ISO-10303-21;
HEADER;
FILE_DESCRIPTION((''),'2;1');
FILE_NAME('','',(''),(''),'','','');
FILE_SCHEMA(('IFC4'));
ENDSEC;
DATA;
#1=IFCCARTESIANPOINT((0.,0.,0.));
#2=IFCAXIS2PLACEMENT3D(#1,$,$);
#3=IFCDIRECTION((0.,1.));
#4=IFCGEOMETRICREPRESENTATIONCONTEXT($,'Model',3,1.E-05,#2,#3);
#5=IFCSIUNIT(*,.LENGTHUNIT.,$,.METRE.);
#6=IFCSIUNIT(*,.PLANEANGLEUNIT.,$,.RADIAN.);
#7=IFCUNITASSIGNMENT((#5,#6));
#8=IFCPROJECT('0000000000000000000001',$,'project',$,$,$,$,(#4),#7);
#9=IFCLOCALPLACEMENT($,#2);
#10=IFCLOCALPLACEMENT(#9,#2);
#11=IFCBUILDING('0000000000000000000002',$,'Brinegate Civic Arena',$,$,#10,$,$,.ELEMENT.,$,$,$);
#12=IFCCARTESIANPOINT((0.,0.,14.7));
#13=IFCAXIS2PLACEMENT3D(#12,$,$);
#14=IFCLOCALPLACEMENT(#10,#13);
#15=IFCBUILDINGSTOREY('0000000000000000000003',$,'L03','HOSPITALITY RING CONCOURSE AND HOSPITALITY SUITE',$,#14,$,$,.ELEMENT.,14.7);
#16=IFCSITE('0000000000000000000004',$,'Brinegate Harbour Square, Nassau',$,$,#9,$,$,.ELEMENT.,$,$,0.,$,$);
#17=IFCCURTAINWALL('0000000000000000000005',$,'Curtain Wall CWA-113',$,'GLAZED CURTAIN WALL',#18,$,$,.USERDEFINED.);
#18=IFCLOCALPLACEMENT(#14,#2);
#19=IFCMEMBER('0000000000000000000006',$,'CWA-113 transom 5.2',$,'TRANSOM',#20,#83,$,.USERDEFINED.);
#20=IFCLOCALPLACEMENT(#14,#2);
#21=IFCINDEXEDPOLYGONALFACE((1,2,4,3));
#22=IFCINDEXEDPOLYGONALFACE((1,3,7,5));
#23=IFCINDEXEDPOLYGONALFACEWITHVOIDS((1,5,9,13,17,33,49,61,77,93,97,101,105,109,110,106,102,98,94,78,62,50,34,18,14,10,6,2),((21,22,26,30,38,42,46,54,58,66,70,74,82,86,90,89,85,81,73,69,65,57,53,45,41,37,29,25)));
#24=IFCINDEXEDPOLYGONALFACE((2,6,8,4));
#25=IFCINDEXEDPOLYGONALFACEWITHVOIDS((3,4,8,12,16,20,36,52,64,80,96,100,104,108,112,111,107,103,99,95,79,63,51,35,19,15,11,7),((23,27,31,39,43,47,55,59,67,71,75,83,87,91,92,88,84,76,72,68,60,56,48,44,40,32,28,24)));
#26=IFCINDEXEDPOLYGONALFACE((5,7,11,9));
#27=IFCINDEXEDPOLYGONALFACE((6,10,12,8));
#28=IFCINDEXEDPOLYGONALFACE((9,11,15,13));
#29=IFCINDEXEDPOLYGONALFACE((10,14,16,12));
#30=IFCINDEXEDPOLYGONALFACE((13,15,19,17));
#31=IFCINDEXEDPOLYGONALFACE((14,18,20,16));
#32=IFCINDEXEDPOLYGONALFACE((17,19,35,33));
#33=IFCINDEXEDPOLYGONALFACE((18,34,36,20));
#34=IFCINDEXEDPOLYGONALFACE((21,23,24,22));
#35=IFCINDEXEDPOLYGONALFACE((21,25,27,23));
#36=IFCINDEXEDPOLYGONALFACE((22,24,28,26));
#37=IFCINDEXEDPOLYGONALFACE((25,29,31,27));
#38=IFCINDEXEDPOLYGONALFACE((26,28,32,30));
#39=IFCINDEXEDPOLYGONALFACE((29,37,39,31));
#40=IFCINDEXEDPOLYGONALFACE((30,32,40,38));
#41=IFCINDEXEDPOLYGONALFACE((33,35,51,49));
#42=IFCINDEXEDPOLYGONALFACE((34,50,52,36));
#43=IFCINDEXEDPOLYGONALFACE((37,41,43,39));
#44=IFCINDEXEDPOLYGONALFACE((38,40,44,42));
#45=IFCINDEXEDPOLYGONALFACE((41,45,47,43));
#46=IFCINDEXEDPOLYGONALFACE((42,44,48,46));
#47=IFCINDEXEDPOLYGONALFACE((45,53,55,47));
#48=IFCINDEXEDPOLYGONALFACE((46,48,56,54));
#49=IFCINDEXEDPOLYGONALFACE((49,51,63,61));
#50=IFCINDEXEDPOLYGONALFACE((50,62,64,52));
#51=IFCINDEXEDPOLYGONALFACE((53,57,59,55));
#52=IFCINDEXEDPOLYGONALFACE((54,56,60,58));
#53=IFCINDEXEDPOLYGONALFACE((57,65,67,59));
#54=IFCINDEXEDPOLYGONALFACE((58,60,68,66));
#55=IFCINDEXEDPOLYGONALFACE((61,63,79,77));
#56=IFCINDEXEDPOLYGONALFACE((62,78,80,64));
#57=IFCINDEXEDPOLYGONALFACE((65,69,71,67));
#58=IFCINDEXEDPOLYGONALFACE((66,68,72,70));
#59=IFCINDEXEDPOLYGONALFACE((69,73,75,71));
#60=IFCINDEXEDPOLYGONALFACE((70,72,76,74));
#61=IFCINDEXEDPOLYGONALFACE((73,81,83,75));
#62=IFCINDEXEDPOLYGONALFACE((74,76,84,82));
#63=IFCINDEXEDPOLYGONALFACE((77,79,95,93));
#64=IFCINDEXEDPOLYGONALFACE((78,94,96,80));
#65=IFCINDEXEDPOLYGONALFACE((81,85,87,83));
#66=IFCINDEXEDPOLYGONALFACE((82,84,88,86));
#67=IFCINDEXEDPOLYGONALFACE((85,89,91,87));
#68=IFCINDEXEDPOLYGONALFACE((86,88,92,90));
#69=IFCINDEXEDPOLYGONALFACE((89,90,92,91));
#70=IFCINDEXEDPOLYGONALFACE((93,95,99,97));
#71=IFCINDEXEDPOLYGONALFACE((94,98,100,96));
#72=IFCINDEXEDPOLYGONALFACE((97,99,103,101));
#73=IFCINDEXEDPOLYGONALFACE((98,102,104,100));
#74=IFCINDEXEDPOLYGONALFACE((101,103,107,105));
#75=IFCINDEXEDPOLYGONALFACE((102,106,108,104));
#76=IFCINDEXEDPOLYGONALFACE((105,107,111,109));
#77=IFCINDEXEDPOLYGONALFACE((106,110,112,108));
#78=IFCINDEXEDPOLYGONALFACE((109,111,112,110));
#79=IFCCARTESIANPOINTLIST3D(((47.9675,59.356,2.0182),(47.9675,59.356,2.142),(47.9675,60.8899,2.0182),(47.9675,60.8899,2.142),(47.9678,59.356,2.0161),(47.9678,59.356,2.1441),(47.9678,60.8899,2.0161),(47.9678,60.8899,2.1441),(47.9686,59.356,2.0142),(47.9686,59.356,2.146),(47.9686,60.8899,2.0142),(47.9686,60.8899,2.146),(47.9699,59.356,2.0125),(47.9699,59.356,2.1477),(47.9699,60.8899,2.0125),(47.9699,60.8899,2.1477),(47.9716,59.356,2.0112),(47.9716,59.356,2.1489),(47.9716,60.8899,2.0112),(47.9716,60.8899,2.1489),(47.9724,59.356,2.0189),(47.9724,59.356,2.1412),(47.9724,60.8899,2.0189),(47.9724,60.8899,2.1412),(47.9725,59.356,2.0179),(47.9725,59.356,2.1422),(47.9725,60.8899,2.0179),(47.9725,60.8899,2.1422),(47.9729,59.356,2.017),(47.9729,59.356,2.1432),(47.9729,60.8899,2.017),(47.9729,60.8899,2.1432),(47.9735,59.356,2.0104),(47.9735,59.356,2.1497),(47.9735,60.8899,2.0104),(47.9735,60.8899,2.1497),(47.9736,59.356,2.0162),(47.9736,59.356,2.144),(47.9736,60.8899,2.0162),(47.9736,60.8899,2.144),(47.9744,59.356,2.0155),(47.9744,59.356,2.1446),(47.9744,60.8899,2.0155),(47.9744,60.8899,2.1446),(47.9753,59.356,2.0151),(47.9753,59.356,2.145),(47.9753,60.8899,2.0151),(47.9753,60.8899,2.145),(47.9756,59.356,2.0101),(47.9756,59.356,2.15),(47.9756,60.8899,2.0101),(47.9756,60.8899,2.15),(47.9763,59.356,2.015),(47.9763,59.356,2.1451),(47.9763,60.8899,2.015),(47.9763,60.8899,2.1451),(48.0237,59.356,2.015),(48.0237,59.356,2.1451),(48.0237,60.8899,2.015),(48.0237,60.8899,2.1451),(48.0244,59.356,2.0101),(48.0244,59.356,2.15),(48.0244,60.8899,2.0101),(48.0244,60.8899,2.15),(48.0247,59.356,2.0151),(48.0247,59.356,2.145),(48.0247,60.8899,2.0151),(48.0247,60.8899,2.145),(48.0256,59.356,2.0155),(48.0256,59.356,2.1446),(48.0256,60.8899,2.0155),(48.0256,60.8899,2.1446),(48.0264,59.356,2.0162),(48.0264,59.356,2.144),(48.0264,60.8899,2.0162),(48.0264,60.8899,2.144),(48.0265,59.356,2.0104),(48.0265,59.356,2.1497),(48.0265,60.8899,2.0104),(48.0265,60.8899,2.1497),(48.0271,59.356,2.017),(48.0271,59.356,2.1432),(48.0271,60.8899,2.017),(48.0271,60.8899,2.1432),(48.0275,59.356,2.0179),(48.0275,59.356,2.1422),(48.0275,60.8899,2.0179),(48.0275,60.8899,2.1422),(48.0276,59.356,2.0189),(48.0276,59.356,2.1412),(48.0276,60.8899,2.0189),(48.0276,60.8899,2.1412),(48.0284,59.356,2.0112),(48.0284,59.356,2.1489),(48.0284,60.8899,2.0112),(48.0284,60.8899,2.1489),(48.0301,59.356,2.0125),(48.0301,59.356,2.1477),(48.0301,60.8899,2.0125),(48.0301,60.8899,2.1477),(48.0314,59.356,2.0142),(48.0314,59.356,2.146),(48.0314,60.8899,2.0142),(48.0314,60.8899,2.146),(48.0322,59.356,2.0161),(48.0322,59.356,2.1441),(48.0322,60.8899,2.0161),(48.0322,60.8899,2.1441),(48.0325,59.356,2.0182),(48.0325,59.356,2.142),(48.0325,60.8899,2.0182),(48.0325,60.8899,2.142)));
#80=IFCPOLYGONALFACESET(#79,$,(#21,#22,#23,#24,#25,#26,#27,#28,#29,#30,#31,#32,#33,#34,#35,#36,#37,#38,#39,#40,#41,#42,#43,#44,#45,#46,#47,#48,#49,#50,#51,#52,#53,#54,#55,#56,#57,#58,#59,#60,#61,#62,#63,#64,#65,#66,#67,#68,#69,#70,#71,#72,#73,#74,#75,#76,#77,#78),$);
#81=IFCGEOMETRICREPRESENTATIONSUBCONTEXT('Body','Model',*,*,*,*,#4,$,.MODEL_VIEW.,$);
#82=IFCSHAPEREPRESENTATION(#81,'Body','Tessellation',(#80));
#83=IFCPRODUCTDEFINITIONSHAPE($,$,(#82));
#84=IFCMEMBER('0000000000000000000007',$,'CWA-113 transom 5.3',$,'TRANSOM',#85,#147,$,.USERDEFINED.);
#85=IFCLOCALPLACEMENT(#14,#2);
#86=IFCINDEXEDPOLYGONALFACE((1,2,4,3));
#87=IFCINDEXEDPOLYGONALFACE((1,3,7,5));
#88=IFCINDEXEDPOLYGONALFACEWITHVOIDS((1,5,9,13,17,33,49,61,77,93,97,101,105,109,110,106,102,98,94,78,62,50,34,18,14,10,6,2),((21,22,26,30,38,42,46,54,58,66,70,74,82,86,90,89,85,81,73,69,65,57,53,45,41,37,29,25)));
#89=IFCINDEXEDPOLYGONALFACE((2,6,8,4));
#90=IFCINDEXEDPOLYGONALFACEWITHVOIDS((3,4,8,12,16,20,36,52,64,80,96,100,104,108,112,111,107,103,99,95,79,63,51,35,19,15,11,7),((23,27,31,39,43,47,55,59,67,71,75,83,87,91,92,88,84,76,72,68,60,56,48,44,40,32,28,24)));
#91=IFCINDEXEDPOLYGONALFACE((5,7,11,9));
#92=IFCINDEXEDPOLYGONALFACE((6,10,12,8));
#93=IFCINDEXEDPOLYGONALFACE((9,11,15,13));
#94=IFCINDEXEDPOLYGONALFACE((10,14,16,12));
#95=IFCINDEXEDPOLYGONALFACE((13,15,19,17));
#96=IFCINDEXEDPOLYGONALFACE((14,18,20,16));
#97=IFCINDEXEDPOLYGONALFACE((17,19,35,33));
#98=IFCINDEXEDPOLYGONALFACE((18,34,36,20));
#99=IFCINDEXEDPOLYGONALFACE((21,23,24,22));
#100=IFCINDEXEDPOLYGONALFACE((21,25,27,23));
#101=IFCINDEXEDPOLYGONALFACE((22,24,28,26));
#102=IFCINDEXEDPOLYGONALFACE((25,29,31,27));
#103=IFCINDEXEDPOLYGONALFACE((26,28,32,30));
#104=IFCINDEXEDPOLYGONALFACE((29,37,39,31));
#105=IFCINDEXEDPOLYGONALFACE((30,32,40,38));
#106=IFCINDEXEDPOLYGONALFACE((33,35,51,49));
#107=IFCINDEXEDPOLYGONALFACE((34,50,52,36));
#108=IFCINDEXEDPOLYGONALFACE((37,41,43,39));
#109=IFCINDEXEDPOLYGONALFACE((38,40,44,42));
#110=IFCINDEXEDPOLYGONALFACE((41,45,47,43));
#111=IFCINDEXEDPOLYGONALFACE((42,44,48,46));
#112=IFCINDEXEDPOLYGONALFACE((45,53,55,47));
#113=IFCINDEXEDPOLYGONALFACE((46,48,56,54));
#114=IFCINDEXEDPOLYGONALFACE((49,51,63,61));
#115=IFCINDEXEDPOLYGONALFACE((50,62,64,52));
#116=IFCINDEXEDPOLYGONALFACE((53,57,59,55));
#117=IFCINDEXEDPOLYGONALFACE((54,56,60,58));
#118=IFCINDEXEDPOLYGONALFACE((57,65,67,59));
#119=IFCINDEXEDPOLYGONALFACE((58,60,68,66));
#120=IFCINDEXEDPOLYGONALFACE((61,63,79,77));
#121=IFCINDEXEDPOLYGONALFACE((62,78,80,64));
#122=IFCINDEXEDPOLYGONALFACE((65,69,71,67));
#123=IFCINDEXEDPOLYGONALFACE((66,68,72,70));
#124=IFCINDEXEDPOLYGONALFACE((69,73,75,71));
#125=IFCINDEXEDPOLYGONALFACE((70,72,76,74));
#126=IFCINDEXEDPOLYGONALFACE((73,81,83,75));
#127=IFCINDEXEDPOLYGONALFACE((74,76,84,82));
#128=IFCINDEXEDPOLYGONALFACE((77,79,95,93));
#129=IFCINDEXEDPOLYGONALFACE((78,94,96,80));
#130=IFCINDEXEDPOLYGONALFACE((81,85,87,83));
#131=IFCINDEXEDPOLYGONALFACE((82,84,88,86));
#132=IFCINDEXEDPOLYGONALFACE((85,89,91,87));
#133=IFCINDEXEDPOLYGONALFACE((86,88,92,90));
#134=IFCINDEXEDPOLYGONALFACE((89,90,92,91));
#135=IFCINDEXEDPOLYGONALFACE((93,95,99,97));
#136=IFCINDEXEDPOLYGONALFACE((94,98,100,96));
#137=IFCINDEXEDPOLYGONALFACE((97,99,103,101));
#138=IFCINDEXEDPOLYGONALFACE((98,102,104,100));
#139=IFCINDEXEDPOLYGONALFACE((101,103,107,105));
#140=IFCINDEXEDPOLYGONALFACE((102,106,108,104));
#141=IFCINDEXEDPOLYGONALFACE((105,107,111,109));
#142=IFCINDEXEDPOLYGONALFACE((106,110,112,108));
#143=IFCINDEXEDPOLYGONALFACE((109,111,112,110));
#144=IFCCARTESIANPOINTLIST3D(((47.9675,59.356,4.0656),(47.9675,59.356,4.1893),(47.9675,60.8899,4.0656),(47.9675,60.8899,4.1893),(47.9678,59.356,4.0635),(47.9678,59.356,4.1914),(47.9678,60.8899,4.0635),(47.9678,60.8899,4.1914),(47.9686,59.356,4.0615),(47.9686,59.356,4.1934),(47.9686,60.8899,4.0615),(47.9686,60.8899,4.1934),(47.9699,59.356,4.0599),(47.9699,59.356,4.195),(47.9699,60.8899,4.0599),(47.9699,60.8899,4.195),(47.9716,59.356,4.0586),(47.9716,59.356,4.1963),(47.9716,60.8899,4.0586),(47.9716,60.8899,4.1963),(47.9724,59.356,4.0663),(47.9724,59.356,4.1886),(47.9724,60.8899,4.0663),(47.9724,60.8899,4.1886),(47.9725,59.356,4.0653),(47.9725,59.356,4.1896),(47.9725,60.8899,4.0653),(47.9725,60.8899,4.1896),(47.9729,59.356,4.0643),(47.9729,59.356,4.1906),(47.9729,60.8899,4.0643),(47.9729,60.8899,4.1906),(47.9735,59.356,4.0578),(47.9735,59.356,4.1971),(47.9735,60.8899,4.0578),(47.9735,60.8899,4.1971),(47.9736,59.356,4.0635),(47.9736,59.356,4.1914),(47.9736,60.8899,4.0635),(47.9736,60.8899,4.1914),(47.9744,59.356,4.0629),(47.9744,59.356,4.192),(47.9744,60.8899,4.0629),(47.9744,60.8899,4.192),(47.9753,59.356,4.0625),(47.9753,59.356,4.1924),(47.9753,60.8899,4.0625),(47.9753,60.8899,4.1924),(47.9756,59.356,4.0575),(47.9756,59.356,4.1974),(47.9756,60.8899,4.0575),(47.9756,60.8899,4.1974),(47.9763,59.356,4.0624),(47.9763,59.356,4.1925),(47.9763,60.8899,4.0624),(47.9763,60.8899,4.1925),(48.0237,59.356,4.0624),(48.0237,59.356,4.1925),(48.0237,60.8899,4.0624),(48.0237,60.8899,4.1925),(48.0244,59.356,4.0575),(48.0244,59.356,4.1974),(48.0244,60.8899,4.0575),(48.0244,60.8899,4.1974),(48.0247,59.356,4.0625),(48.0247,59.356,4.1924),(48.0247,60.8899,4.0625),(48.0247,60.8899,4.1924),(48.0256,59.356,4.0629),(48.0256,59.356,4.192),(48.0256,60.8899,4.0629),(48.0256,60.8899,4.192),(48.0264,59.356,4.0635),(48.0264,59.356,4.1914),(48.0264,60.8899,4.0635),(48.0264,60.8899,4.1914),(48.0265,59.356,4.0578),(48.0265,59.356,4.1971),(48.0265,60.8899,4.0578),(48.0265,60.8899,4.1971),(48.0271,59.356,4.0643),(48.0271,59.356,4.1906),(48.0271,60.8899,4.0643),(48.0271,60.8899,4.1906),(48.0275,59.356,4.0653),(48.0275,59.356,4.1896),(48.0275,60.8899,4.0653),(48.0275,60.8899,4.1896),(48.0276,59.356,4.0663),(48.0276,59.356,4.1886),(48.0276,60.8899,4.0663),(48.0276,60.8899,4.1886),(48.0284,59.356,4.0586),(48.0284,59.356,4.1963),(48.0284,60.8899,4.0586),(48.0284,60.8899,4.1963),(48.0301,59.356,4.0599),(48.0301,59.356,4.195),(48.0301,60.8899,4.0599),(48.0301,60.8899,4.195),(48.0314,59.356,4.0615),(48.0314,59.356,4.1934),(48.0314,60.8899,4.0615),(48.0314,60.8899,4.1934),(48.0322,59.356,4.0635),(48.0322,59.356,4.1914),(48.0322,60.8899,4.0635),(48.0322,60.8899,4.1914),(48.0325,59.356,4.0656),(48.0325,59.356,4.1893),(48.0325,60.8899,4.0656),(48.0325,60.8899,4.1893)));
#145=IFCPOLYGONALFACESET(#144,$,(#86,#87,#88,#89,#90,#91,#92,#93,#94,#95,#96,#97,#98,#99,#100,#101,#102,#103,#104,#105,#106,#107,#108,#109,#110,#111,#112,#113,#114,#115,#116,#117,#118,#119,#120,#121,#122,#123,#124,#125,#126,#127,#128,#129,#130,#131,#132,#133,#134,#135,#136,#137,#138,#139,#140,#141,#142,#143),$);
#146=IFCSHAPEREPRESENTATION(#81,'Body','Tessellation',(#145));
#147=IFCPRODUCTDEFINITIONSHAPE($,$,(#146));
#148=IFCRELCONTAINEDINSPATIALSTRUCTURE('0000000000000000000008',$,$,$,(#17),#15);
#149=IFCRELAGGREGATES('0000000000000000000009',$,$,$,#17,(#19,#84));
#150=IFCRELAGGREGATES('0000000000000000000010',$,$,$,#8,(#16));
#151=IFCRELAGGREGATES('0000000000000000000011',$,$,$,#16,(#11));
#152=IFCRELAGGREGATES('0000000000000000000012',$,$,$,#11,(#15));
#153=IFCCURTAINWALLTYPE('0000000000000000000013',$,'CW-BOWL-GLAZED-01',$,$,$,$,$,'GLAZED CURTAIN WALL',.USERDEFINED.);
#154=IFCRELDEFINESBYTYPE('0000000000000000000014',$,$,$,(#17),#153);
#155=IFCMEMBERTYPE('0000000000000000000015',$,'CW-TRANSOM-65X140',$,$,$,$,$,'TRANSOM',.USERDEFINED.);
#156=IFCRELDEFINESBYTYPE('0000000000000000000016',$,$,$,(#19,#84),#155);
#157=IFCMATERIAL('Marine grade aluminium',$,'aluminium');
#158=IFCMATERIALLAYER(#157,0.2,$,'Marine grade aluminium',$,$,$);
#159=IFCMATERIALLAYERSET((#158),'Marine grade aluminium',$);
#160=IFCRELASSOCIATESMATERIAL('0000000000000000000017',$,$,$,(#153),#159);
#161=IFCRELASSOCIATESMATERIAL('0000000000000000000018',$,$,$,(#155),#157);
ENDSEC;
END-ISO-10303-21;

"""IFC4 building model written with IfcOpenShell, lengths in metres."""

from ifc_helpers import new_model, si_unit, direction, frame, origin, origin_2d, place, context, subcontext, project, spatial, hollow_rectangle, extrude, material, layer, layer_set, material_profile, profile_set, type_object, element, aggregate, save


model = new_model("IFC4")

# Units and contexts
model_context = context("Model", 3, precision=1e-05, world=origin(), true_north=direction((0.0, 1.0)))
body_context = subcontext(model_context, "Body", "Model", "MODEL_VIEW")
ifc_project = project(units=[si_unit("LENGTHUNIT", "METRE"), si_unit("PLANEANGLEUNIT", "RADIAN")], contexts=[model_context])

# Site, building, storey
site_placement = place(None, origin())
site = spatial("IfcSite", under=ifc_project, at=site_placement, Name="Brinegate Harbour Square, Nassau", CompositionType="ELEMENT", RefElevation=0.0)
building_placement = place(site_placement, origin())
building = spatial("IfcBuilding", under=site, at=building_placement, Name="Brinegate Civic Arena", CompositionType="ELEMENT")
storey_placement = place(building_placement, frame((0.0, 0.0, 14.7)))
storey = spatial("IfcBuildingStorey", under=building, at=storey_placement, Name="L03", Description="HOSPITALITY RING CONCOURSE AND HOSPITALITY SUITE", CompositionType="ELEMENT", Elevation=14.7)

# Curtain wall
ifc_material_1 = material(Name="Marine grade aluminium", Category="aluminium")
ifc_layer_1 = layer(ifc_material_1, 0.2, Name="Marine grade aluminium")
ifc_layer_set_1 = layer_set([ifc_layer_1], Name="Marine grade aluminium")
curtain_wall_type = type_object("IfcCurtainWallType", Name="CW-BOWL-GLAZED-01", ElementType="GLAZED CURTAIN WALL", PredefinedType="USERDEFINED", material=ifc_layer_set_1)
curtain_wall_1_placement = place(storey_placement, origin())
curtain_wall_1 = element("IfcCurtainWall", 1, at=curtain_wall_1_placement, inside=storey, type_object=curtain_wall_type, Name="Curtain Wall CWA-113", ObjectType="GLAZED CURTAIN WALL", PredefinedType="USERDEFINED")

# Members
ifc_material_profile_1 = material_profile(ifc_material_1, hollow_rectangle(XDim=0.0649, YDim=0.1399, WallThickness=0.0049, InnerFilletRadius=0.0039, OuterFilletRadius=0.0081, at=origin_2d()), Name="TRN65X140")
ifc_profile_set_1 = profile_set([ifc_material_profile_1], Name="Marine grade aluminium")
member_type_1 = type_object("IfcMemberType", Name="CW-TRANSOM-65X140", ElementType="TRANSOM", PredefinedType="USERDEFINED", material=ifc_profile_set_1)
member_1_placement = place(storey_placement, frame((48.0, 59.356, 2.0801), z_axis=(0.0, 1.0, 0.0), x_axis=(-1.0, 0.0, 0.0)))
member_1 = element("IfcMember", 2, at=member_1_placement, type_object=member_type_1, Name="CWA-113 transom 5.2", ObjectType="TRANSOM", PredefinedType="USERDEFINED", context=body_context, shape_type="SweptSolid", body=[
    extrude(hollow_rectangle(XDim=0.0649, YDim=0.1399, WallThickness=0.0049, InnerFilletRadius=0.0039, OuterFilletRadius=0.0081, at=origin_2d()), origin(), (0.0, 0.0, 1.0), 1.5339),
])
member_2_placement = place(storey_placement, frame((48.0, 59.356, 4.1274), z_axis=(0.0, 1.0, 0.0), x_axis=(-1.0, 0.0, 0.0)))
member_2 = element("IfcMember", 3, at=member_2_placement, type_object=member_type_1, Name="CWA-113 transom 5.3", ObjectType="TRANSOM", PredefinedType="USERDEFINED", context=body_context, shape_type="SweptSolid", body=[
    extrude(hollow_rectangle(XDim=0.0649, YDim=0.1399, WallThickness=0.0049, InnerFilletRadius=0.0039, OuterFilletRadius=0.0081, at=origin_2d()), origin(), (0.0, 0.0, 1.0), 1.5339),
])

aggregate(curtain_wall_1, [member_1, member_2])

save(model, "model.ifc")
